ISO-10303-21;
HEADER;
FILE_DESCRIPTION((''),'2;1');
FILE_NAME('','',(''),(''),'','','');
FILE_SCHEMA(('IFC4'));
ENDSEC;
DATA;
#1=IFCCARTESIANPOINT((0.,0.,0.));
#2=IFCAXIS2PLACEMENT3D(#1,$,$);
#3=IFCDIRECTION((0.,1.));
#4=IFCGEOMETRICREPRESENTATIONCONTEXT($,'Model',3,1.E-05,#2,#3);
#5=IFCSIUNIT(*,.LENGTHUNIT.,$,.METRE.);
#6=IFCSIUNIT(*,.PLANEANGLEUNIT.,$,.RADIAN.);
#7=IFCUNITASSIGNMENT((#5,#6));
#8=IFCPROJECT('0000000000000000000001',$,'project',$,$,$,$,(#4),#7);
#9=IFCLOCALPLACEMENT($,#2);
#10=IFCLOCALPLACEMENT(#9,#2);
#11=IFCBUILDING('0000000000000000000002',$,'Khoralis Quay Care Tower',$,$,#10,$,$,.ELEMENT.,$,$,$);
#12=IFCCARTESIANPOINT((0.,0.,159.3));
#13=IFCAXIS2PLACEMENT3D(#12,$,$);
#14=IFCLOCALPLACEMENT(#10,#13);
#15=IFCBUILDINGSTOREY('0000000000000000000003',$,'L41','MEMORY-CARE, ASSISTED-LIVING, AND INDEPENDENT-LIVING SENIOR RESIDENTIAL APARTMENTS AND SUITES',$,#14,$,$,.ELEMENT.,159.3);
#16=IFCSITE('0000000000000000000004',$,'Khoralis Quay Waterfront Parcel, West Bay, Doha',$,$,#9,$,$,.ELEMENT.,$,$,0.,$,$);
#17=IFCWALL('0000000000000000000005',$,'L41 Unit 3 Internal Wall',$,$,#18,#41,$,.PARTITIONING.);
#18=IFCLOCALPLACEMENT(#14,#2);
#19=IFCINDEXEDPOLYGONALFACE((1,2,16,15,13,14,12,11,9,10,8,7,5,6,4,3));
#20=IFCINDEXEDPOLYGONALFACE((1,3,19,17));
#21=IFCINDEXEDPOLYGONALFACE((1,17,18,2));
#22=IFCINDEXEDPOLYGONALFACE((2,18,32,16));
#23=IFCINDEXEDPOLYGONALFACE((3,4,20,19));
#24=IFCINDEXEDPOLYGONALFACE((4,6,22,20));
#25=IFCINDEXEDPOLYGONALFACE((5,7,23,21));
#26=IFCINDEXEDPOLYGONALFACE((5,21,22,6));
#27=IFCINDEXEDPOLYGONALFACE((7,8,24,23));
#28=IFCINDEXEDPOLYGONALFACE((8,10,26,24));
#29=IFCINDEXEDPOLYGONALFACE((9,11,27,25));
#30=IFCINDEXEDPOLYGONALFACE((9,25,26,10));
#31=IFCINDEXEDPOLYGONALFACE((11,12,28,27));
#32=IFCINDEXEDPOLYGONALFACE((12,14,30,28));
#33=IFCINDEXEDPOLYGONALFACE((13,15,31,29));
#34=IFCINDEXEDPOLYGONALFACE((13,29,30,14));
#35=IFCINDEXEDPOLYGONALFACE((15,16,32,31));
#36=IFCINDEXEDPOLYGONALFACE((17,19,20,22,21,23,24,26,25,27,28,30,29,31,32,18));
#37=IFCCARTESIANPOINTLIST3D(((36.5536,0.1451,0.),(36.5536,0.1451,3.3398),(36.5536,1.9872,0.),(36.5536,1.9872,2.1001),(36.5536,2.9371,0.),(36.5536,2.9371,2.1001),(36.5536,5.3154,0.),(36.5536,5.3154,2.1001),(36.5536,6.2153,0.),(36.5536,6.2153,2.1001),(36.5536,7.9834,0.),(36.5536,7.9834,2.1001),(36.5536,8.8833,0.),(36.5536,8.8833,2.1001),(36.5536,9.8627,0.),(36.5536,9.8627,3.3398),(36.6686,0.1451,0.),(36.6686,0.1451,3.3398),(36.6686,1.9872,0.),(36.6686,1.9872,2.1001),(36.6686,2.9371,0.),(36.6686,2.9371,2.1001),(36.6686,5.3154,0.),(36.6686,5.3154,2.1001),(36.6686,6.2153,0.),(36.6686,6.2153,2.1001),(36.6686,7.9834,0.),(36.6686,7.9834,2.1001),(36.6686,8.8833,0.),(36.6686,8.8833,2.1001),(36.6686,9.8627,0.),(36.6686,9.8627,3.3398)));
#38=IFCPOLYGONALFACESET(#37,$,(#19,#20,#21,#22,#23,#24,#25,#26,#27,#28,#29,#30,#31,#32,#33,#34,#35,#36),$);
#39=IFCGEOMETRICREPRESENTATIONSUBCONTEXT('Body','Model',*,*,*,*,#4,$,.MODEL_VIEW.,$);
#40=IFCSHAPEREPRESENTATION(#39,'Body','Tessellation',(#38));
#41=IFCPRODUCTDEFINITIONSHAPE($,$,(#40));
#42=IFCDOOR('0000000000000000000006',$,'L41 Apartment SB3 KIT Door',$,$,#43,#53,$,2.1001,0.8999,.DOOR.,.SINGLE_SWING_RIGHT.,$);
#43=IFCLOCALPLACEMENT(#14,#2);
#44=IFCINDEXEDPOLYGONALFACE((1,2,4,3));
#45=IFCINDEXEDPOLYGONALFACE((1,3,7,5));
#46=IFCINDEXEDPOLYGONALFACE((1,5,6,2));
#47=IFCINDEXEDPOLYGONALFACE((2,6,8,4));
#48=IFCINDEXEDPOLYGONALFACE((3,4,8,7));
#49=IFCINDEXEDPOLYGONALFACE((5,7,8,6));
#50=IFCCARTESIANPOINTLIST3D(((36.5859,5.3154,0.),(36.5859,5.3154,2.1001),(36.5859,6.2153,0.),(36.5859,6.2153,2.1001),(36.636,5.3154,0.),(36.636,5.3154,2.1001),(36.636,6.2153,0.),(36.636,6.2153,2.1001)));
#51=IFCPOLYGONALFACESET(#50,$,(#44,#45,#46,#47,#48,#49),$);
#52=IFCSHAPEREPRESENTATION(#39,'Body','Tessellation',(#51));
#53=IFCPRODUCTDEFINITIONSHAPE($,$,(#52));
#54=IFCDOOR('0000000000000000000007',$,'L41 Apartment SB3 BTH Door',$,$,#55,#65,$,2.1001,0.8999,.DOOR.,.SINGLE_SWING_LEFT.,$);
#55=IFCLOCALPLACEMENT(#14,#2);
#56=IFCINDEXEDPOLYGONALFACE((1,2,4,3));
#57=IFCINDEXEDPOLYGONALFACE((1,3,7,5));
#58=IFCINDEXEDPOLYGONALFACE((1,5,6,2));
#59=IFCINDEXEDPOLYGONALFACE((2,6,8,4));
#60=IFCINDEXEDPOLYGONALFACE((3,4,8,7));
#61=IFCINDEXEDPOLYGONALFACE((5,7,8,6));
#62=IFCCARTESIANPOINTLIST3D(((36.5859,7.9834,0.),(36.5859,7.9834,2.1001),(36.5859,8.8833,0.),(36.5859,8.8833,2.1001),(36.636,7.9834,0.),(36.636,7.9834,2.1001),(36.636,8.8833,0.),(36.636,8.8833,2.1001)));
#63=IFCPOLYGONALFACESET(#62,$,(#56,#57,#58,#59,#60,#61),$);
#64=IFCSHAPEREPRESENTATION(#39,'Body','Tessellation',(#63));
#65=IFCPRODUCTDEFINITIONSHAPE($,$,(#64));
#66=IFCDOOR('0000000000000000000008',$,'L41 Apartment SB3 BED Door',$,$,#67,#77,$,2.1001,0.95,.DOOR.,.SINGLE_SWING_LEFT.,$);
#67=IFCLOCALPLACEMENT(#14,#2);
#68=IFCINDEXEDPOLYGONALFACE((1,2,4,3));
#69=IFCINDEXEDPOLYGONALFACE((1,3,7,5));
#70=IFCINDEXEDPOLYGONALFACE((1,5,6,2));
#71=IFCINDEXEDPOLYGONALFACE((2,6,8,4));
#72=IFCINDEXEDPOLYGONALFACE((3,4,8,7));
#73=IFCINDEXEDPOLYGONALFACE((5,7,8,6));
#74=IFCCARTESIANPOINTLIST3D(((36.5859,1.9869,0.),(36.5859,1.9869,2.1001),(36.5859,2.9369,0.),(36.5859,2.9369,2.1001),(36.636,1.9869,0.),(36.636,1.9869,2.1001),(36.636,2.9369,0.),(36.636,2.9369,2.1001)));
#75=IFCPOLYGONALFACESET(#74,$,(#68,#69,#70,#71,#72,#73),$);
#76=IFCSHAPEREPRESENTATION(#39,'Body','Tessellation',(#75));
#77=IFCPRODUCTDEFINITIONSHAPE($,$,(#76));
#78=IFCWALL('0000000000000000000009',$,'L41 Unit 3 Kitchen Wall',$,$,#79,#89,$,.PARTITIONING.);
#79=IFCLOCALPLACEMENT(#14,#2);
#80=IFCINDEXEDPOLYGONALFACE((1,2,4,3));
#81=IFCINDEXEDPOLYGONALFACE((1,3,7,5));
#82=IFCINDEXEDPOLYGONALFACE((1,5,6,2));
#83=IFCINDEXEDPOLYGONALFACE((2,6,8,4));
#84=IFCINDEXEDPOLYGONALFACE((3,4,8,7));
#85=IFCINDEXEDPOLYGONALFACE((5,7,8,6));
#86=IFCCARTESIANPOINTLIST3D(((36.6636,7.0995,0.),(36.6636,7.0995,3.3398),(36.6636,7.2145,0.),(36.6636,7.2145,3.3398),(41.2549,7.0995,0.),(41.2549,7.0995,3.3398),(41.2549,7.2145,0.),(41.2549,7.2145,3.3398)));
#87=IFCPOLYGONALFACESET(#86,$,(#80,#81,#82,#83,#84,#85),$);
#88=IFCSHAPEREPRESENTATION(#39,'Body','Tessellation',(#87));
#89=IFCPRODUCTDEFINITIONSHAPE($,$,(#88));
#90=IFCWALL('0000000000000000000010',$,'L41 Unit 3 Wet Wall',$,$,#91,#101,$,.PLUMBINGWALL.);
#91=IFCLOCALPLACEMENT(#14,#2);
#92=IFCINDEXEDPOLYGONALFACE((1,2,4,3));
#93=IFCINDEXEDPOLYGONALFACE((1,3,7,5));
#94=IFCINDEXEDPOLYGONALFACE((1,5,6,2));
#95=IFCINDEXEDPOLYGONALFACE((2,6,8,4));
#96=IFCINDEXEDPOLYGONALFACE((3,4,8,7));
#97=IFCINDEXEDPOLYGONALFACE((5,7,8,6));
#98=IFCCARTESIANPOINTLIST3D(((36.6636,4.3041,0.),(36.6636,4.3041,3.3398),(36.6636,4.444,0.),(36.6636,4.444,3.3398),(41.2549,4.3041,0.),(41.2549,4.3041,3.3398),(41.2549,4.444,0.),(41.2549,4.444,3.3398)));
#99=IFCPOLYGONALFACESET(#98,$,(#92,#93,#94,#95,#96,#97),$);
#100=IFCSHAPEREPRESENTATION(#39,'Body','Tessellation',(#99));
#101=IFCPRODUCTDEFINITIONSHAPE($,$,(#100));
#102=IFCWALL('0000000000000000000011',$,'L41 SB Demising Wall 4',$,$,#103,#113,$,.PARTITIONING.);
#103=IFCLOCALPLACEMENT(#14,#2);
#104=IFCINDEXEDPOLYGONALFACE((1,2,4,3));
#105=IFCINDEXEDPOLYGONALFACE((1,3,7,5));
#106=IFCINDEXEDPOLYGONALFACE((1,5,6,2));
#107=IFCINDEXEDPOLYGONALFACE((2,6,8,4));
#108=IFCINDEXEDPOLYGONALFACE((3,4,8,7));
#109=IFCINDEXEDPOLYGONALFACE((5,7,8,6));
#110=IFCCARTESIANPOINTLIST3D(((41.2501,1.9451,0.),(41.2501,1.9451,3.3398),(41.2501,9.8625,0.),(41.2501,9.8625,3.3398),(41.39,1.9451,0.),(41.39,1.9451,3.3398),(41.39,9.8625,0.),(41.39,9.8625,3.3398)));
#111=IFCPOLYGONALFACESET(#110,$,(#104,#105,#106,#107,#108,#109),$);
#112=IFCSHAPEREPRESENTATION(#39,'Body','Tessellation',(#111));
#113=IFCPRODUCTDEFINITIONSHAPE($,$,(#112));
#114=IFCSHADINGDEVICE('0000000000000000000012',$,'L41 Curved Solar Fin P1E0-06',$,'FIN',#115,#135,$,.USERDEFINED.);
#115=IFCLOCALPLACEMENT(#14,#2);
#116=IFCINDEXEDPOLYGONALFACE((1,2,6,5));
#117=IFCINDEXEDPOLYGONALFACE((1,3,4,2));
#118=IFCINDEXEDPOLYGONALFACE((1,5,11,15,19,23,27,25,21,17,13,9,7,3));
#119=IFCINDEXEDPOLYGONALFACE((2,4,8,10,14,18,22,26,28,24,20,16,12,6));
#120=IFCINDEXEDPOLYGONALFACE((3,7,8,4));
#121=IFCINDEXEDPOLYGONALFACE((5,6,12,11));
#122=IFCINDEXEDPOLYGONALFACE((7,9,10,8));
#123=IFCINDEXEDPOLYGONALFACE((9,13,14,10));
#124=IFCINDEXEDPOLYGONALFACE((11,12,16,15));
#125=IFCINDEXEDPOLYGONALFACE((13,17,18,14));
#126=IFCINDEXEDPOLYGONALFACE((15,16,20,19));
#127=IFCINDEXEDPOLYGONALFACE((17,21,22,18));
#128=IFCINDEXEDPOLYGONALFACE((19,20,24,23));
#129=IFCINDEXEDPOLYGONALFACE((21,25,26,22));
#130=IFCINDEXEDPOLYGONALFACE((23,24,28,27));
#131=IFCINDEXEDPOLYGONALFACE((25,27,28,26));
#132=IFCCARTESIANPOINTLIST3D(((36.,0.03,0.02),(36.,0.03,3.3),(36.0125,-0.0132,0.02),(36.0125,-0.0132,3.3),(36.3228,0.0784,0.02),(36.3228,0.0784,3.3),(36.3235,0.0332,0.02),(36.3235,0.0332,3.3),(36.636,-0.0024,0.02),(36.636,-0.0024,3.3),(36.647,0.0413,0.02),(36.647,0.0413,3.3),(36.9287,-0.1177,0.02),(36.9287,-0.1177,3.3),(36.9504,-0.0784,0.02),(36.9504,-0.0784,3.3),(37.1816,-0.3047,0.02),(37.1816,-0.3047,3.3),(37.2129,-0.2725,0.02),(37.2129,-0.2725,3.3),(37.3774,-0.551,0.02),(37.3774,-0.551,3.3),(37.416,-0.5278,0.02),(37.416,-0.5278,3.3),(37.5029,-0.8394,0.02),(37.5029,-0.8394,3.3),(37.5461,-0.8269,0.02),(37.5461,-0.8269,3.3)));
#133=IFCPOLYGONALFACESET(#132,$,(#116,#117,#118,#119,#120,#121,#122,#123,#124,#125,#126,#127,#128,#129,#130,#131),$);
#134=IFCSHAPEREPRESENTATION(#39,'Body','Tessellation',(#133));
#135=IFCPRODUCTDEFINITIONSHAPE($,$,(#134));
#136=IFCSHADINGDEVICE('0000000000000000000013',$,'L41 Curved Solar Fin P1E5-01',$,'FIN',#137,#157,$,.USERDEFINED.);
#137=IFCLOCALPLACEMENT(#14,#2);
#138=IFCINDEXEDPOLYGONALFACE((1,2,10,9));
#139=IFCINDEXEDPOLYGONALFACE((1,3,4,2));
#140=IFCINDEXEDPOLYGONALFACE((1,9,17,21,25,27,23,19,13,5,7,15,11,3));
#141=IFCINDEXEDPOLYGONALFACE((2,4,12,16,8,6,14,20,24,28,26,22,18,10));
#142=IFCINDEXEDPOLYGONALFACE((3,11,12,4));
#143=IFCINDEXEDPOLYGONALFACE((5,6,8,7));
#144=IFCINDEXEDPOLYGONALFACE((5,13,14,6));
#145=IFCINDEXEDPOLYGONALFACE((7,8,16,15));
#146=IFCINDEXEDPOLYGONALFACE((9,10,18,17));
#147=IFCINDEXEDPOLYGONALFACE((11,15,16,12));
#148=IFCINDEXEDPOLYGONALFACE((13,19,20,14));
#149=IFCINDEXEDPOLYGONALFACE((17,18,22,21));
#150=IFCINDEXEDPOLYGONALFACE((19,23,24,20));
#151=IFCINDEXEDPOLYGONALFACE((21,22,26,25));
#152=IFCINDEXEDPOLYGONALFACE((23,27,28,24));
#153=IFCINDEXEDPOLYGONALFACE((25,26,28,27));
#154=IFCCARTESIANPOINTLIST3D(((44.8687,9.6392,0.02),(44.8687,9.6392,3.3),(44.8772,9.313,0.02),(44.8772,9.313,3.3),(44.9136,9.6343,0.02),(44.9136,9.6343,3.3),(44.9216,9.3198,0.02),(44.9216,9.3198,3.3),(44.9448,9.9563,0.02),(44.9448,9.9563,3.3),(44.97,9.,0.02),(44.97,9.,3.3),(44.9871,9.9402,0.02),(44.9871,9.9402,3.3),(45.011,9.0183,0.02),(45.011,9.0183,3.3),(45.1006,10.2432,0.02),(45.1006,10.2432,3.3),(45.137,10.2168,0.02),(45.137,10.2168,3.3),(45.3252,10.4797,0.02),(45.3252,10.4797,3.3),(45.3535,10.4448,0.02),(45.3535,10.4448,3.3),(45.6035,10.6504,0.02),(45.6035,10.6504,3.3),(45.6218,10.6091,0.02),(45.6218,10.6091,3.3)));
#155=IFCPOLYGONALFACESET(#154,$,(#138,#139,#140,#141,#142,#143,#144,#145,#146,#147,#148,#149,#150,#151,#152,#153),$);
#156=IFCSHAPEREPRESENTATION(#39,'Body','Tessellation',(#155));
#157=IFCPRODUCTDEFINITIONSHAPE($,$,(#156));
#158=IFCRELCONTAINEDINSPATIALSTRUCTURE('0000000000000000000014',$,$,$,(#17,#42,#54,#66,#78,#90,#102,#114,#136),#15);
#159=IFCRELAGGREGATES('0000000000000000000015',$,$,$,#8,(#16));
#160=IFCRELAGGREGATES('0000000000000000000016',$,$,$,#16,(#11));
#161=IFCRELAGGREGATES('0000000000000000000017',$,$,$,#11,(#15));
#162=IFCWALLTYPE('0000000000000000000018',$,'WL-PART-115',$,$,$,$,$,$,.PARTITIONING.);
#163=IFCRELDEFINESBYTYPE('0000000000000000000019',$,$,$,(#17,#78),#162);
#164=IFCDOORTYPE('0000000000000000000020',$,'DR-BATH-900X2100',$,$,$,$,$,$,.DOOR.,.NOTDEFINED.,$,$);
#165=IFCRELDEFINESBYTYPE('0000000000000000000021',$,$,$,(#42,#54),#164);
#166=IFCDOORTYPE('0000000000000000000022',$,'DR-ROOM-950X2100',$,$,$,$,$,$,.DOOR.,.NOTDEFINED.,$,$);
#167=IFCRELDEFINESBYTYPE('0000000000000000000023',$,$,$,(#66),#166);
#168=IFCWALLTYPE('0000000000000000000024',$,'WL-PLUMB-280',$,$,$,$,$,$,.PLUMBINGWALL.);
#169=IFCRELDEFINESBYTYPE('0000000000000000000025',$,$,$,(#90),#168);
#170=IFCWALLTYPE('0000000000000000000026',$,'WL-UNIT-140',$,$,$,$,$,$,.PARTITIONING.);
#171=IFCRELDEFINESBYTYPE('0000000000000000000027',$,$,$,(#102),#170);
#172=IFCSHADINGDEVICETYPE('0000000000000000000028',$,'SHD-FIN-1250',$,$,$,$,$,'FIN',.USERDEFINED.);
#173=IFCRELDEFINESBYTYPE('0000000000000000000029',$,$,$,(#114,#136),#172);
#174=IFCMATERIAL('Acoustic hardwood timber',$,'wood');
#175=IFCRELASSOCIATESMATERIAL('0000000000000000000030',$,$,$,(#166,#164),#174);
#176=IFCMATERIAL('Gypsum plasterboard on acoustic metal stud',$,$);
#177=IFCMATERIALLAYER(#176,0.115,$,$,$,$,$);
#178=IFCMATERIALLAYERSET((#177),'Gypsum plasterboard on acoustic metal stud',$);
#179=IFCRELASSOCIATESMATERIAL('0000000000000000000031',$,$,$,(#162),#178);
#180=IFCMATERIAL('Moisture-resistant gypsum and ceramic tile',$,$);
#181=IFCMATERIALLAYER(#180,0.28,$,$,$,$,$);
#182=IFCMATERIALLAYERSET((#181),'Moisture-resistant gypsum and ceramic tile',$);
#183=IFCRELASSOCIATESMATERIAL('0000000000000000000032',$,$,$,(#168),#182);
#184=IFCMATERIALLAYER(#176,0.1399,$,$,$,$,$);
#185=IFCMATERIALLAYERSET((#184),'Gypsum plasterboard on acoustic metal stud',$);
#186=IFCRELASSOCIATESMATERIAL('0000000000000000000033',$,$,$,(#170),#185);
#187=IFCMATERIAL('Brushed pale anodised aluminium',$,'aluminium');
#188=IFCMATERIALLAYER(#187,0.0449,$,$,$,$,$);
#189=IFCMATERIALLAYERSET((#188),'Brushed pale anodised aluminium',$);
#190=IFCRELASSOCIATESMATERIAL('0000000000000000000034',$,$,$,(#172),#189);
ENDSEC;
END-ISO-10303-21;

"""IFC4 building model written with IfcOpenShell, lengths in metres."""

from ifc_helpers import new_model, si_unit, direction, frame, frame_2d, origin, place, context, subcontext, project, spatial, polyline, rectangle, outline, extrude, source, transform, mapped, material, layer, layer_set, type_object, element, fill, save


model = new_model("IFC4")

# Units and contexts
model_context = context("Model", 3, precision=1e-05, world=origin(), true_north=direction((0.0, 1.0)))
body_context = subcontext(model_context, "Body", "Model", "MODEL_VIEW")
ifc_project = project(units=[si_unit("LENGTHUNIT", "METRE"), si_unit("PLANEANGLEUNIT", "RADIAN")], contexts=[model_context])

# Site, building, storey
site_placement = place(None, origin())
site = spatial("IfcSite", under=ifc_project, at=site_placement, Name="Khoralis Quay Waterfront Parcel, West Bay, Doha", CompositionType="ELEMENT", RefElevation=0.0)
building_placement = place(site_placement, origin())
building = spatial("IfcBuilding", under=site, at=building_placement, Name="Khoralis Quay Care Tower", CompositionType="ELEMENT")
storey_placement = place(building_placement, frame((0.0, 0.0, 159.3)))
storey = spatial("IfcBuildingStorey", under=building, at=storey_placement, Name="L41", Description="MEMORY-CARE, ASSISTED-LIVING, AND INDEPENDENT-LIVING SENIOR RESIDENTIAL APARTMENTS AND SUITES", CompositionType="ELEMENT", Elevation=159.3)

# Shared definitions
ifc_material_1 = material(Name="Gypsum plasterboard on acoustic metal stud")

# Shared definitions
ifc_material_2 = material(Name="Acoustic hardwood timber", Category="wood")
door_type_1 = type_object("IfcDoorType", Name="DR-ROOM-950X2100", OperationType="NOTDEFINED", PredefinedType="DOOR", material=ifc_material_2)
shared_shape_1 = source(origin(), body_context, "Body", "SweptSolid", [
    extrude(rectangle(XDim=0.95, YDim=2.1001, at=frame_2d((0.4751, 1.05))), frame((0.0, 0.0249, 0.0), z_axis=(0.0, -1.0, 0.0), x_axis=(1.0, 0.0, 0.0)), (0.0, 0.0, 1.0), 0.05),
])

# Wall, openings, doors
ifc_layer_1 = layer(ifc_material_1, 0.115)
ifc_layer_set_1 = layer_set([ifc_layer_1], Name="Gypsum plasterboard on acoustic metal stud")
wall_type_1 = type_object("IfcWallType", Name="WL-PART-115", PredefinedType="PARTITIONING", material=ifc_layer_set_1)
wall_1_placement = place(storey_placement, frame((36.6111, 0.145, 0.0), z_axis=(0.0, 0.0, 1.0), x_axis=(0.0, 1.0, 0.0)))
wall_1 = element("IfcWall", 1, at=wall_1_placement, inside=storey, type_object=wall_type_1, Name="L41 Unit 3 Internal Wall", PredefinedType="PARTITIONING", context=body_context, shape_type="SweptSolid", body=[
    extrude(rectangle(XDim=9.7175, YDim=0.115, at=frame_2d((4.8589, 0.0))), origin(), (0.0, 0.0, 1.0), 3.3398),
])
opening_1_placement = place(wall_1_placement, frame((1.842, 0.0, 0.0)))
opening_1 = element("IfcOpeningElement", 2, at=opening_1_placement, cuts=wall_1, PredefinedType="OPENING", context=body_context, shape_type="SweptSolid", body=[
    extrude(rectangle(XDim=0.95, YDim=2.1001, at=frame_2d((0.4751, 1.05))), frame((0.0, 0.0674, 0.0), z_axis=(0.0, -1.0, 0.0), x_axis=(1.0, 0.0, 0.0)), (0.0, 0.0, 1.0), 0.135),
])
opening_2_placement = place(wall_1_placement, frame((5.1704, 0.0, 0.0)))
opening_2 = element("IfcOpeningElement", 3, at=opening_2_placement, cuts=wall_1, PredefinedType="OPENING", context=body_context, shape_type="SweptSolid", body=[
    extrude(rectangle(XDim=0.8999, YDim=2.1001, at=frame_2d((0.45, 1.05))), frame((0.0, 0.0674, 0.0), z_axis=(0.0, -1.0, 0.0), x_axis=(1.0, 0.0, 0.0)), (0.0, 0.0, 1.0), 0.135),
])
opening_3_placement = place(wall_1_placement, frame((7.8384, 0.0, 0.0)))
opening_3 = element("IfcOpeningElement", 4, at=opening_3_placement, cuts=wall_1, PredefinedType="OPENING", context=body_context, shape_type="SweptSolid", body=[
    extrude(rectangle(XDim=0.8999, YDim=2.1001, at=frame_2d((0.45, 1.05))), frame((0.0, 0.0674, 0.0), z_axis=(0.0, -1.0, 0.0), x_axis=(1.0, 0.0, 0.0)), (0.0, 0.0, 1.0), 0.135),
])
door_type_2 = type_object("IfcDoorType", Name="DR-BATH-900X2100", OperationType="NOTDEFINED", PredefinedType="DOOR", material=ifc_material_2)
shared_shape_2 = source(origin(), body_context, "Body", "SweptSolid", [
    extrude(rectangle(XDim=0.8999, YDim=2.1001, at=frame_2d((0.45, 1.05))), frame((0.0, 0.0249, 0.0), z_axis=(0.0, -1.0, 0.0), x_axis=(1.0, 0.0, 0.0)), (0.0, 0.0, 1.0), 0.05),
])
door_1_placement = place(opening_2_placement, frame((0.8999, 0.0, 0.0), z_axis=(0.0, 0.0, 1.0), x_axis=(-1.0, 0.0, 0.0)))
door_1 = element("IfcDoor", 5, at=door_1_placement, inside=storey, type_object=door_type_2, Name="L41 Apartment SB3 KIT Door", OperationType="SINGLE_SWING_RIGHT", OverallHeight=2.1001, OverallWidth=0.8999, PredefinedType="DOOR", context=body_context, shape_type="MappedRepresentation", body=[
    mapped(shared_shape_2, transform((0.0, 0.0, 0.0), scale=1.0)),
])
fill(opening_2, door_1)
door_2_placement = place(opening_3_placement, frame((0.8999, 0.0, 0.0), z_axis=(0.0, 0.0, 1.0), x_axis=(-1.0, 0.0, 0.0)))
door_2 = element("IfcDoor", 6, at=door_2_placement, inside=storey, type_object=door_type_2, Name="L41 Apartment SB3 BTH Door", OperationType="SINGLE_SWING_LEFT", OverallHeight=2.1001, OverallWidth=0.8999, PredefinedType="DOOR", context=body_context, shape_type="MappedRepresentation", body=[
    mapped(shared_shape_2, transform((0.0, 0.0, 0.0), scale=1.0)),
])
fill(opening_3, door_2)
door_3_placement = place(opening_1_placement, frame((0.95, 0.0, 0.0), z_axis=(0.0, 0.0, 1.0), x_axis=(-1.0, 0.0, 0.0)))
door_3 = element("IfcDoor", 7, at=door_3_placement, inside=storey, type_object=door_type_1, Name="L41 Apartment SB3 BED Door", OperationType="SINGLE_SWING_LEFT", OverallHeight=2.1001, OverallWidth=0.95, PredefinedType="DOOR", context=body_context, shape_type="MappedRepresentation", body=[
    mapped(shared_shape_1, transform((0.0, 0.0, 0.0), scale=1.0)),
])
fill(opening_1, door_3)

# Walls
wall_2_placement = place(storey_placement, frame((36.6636, 7.157, 0.0), z_axis=(0.0, 0.0, 1.0), x_axis=(1.0, 0.0, 0.0)))
element("IfcWall", 8, at=wall_2_placement, inside=storey, type_object=wall_type_1, Name="L41 Unit 3 Kitchen Wall", PredefinedType="PARTITIONING", context=body_context, shape_type="SweptSolid", body=[
    extrude(rectangle(XDim=4.5913, YDim=0.115, at=frame_2d((2.2957, 0.0))), origin(), (0.0, 0.0, 1.0), 3.3398),
])
ifc_material_3 = material(Name="Moisture-resistant gypsum and ceramic tile")
ifc_layer_2 = layer(ifc_material_3, 0.28)
ifc_layer_set_2 = layer_set([ifc_layer_2], Name="Moisture-resistant gypsum and ceramic tile")
wall_type_2 = type_object("IfcWallType", Name="WL-PLUMB-280", PredefinedType="PLUMBINGWALL", material=ifc_layer_set_2)
wall_3_placement = place(storey_placement, frame((36.6636, 4.374, 0.0), z_axis=(0.0, 0.0, 1.0), x_axis=(1.0, 0.0, 0.0)))
element("IfcWall", 9, at=wall_3_placement, inside=storey, type_object=wall_type_2, Name="L41 Unit 3 Wet Wall", PredefinedType="PLUMBINGWALL", context=body_context, shape_type="SweptSolid", body=[
    extrude(rectangle(XDim=4.5913, YDim=0.1399, at=frame_2d((2.2957, 0.0))), origin(), (0.0, 0.0, 1.0), 3.3398),
])
ifc_layer_3 = layer(ifc_material_1, 0.1399)
ifc_layer_set_3 = layer_set([ifc_layer_3], Name="Gypsum plasterboard on acoustic metal stud")
wall_type_3 = type_object("IfcWallType", Name="WL-UNIT-140", PredefinedType="PARTITIONING", material=ifc_layer_set_3)
wall_4_placement = place(storey_placement, frame((41.3201, 1.9451, 0.0), z_axis=(0.0, 0.0, 1.0), x_axis=(0.0, 1.0, 0.0)))
element("IfcWall", 10, at=wall_4_placement, inside=storey, type_object=wall_type_3, Name="L41 SB Demising Wall 4", PredefinedType="PARTITIONING", context=body_context, shape_type="SweptSolid", body=[
    extrude(rectangle(XDim=7.9175, YDim=0.1399, at=frame_2d((3.9587, 0.0))), origin(), (0.0, 0.0, 1.0), 3.3398),
])

# Shading devices
ifc_material_4 = material(Name="Brushed pale anodised aluminium", Category="aluminium")
ifc_layer_4 = layer(ifc_material_4, 0.0449)
ifc_layer_set_4 = layer_set([ifc_layer_4], Name="Brushed pale anodised aluminium")
shading_device_type = type_object("IfcShadingDeviceType", Name="SHD-FIN-1250", ElementType="FIN", PredefinedType="USERDEFINED", material=ifc_layer_set_4)
shared_shape_3 = source(origin(), body_context, "Body", "SweptSolid", [
    extrude(outline(polyline([(0.0, 0.0), (-0.0483, 0.3228), (-0.0112, 0.647), (0.1084, 0.9504), (0.3025, 1.2129), (0.5579, 1.416), (0.8569, 1.5461), (0.8694, 1.5029), (0.5811, 1.3774), (0.3347, 1.1816), (0.1477, 0.9287), (0.0325, 0.636), (-0.0032, 0.3235), (0.0432, 0.0125), (0.0, 0.0)])), origin(), (0.0, 0.0, 1.0), 3.28),
])
shading_device_1_placement = place(storey_placement, frame((36.0, 0.03, 0.02), z_axis=(0.0, 0.0, 1.0), x_axis=(0.0, -1.0, 0.0)))
element("IfcShadingDevice", 11, at=shading_device_1_placement, inside=storey, type_object=shading_device_type, Name="L41 Curved Solar Fin P1E0-06", ObjectType="FIN", PredefinedType="USERDEFINED", context=body_context, shape_type="MappedRepresentation", body=[
    mapped(shared_shape_3, transform((0.0, 0.0, 0.0), scale=1.0)),
])
shared_shape_4 = source(origin(), body_context, "Body", "SweptSolid", [
    extrude(outline(polyline([(0.0, 0.0), (-0.0928, 0.313), (-0.1013, 0.6392), (-0.0251, 0.9563), (0.1306, 1.2432), (0.3552, 1.4797), (0.6335, 1.6504), (0.6519, 1.6091), (0.3835, 1.4448), (0.167, 1.2168), (0.0171, 0.9402), (-0.0564, 0.6343), (-0.0483, 0.3198), (0.041, 0.0183), (0.0, 0.0)])), origin(), (0.0, 0.0, 1.0), 3.28),
])
shading_device_2_placement = place(storey_placement, frame((44.97, 9.0, 0.02), z_axis=(0.0, 0.0, 1.0), x_axis=(1.0, 0.0, 0.0)))
element("IfcShadingDevice", 12, at=shading_device_2_placement, inside=storey, type_object=shading_device_type, Name="L41 Curved Solar Fin P1E5-01", ObjectType="FIN", PredefinedType="USERDEFINED", context=body_context, shape_type="MappedRepresentation", body=[
    mapped(shared_shape_4, transform((0.0, 0.0, 0.0), scale=1.0)),
])

save(model, "model.ifc")
